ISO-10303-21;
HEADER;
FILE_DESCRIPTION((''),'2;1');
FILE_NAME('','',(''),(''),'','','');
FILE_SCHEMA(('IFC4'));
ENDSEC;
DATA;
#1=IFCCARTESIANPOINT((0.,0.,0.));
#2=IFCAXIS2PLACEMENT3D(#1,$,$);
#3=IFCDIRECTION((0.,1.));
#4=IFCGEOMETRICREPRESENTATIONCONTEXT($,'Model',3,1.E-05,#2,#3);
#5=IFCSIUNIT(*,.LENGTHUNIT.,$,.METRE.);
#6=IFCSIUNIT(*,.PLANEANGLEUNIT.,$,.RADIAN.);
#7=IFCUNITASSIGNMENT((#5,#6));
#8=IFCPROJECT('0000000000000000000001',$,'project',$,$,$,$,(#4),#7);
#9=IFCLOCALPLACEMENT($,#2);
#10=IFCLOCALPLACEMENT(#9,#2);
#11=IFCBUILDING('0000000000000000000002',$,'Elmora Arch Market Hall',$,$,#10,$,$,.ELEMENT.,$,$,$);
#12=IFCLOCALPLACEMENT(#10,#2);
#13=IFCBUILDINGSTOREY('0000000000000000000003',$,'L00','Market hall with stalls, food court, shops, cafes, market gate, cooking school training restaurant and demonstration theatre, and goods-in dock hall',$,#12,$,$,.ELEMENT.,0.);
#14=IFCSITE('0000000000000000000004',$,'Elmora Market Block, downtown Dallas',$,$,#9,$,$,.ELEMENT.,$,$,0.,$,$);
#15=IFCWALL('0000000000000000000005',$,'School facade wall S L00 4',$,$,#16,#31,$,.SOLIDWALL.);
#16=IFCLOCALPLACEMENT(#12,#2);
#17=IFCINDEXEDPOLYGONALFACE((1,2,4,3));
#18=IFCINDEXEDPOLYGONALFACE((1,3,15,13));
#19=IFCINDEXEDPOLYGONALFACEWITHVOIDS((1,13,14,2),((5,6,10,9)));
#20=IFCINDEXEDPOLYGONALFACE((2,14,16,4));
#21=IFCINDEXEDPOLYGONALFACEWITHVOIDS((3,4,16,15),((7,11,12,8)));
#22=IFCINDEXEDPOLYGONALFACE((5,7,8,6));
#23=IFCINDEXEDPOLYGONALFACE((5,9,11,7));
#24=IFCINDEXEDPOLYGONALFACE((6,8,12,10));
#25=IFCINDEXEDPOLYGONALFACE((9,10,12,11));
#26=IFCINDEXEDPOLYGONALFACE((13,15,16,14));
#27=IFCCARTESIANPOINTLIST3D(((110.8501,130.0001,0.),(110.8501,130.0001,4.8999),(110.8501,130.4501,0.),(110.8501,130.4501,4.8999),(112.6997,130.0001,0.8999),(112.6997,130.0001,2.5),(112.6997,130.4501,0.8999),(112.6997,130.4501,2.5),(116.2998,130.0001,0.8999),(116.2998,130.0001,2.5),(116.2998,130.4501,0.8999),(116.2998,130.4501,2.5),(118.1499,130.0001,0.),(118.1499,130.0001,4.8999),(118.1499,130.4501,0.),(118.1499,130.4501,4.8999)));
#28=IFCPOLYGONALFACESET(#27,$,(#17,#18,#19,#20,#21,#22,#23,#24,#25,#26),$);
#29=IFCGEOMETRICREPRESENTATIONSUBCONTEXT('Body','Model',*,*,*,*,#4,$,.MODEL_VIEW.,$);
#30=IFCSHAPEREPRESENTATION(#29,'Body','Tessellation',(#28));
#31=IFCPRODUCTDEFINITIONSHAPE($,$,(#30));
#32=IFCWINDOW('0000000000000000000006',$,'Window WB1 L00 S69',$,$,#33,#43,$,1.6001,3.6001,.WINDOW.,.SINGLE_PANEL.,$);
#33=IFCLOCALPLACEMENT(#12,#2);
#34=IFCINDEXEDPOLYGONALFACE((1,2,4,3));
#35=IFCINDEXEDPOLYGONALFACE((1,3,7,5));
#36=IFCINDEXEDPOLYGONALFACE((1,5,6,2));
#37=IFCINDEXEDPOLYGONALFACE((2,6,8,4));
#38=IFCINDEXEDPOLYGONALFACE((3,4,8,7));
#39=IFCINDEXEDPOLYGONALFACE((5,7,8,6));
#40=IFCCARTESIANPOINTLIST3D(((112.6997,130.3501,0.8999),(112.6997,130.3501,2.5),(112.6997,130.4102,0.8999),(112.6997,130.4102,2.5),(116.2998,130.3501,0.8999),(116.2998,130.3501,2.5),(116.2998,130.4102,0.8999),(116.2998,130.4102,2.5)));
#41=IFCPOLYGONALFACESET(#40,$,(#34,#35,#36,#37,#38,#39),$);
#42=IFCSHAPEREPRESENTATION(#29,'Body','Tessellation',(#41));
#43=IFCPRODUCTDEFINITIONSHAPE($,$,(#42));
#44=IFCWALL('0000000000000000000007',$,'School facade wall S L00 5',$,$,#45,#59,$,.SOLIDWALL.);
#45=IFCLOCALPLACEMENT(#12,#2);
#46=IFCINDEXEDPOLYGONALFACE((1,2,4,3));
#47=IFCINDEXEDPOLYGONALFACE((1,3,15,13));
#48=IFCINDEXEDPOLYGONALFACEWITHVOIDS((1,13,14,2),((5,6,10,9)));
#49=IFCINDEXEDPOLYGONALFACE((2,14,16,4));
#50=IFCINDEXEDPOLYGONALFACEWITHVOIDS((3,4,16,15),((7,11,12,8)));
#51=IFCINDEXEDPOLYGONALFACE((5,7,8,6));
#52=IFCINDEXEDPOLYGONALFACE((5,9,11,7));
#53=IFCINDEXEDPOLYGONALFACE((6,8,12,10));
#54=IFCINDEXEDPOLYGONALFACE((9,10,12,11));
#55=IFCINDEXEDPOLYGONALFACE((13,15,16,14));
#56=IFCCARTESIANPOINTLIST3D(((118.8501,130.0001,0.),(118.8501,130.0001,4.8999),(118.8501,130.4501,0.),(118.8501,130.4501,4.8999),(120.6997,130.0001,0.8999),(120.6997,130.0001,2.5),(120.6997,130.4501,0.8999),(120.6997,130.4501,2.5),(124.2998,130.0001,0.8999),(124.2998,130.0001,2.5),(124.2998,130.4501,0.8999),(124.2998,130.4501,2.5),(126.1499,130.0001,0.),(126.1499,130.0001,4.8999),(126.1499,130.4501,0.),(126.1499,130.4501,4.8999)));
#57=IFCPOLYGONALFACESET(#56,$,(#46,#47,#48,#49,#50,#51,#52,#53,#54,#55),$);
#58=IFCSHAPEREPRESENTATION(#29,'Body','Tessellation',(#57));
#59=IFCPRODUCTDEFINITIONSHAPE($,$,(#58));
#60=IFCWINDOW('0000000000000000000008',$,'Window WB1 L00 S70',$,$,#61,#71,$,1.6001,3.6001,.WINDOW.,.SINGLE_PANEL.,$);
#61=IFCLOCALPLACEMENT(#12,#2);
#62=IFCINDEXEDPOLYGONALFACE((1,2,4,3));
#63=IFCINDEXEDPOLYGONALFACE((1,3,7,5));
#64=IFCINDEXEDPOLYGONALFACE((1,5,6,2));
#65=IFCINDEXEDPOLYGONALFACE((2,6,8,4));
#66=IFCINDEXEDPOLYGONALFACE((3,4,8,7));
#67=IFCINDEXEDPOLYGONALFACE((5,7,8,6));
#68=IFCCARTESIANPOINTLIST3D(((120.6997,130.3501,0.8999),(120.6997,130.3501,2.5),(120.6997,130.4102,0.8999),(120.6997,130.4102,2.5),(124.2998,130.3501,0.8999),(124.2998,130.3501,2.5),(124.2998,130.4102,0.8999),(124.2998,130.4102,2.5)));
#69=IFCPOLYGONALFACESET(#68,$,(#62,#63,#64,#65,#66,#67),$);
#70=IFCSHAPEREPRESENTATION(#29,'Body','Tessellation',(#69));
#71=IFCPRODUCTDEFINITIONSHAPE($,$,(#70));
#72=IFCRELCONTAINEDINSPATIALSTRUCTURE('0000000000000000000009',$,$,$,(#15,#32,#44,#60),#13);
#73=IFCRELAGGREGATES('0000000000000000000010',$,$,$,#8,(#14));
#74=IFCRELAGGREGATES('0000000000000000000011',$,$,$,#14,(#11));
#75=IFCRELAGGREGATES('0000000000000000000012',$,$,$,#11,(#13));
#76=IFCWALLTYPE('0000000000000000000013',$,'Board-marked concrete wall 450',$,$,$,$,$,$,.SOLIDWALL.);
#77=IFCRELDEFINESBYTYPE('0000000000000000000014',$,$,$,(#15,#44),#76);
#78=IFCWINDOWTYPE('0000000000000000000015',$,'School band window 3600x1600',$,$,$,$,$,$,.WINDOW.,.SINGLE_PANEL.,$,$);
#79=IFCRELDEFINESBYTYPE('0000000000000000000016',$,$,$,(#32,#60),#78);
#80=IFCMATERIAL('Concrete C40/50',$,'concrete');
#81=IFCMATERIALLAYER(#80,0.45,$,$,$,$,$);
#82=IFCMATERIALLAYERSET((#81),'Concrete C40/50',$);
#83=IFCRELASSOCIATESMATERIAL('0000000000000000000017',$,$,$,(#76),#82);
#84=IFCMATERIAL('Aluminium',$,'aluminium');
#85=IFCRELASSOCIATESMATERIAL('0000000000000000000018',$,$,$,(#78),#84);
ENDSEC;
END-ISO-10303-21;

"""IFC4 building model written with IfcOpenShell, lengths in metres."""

from ifc_helpers import new_model, si_unit, direction, frame, frame_2d, origin, place, context, subcontext, project, spatial, rectangle, extrude, material, layer, layer_set, type_object, element, fill, save


model = new_model("IFC4")

# Units and contexts
model_context = context("Model", 3, precision=1e-05, world=origin(), true_north=direction((0.0, 1.0)))
body_context = subcontext(model_context, "Body", "Model", "MODEL_VIEW")
ifc_project = project(units=[si_unit("LENGTHUNIT", "METRE"), si_unit("PLANEANGLEUNIT", "RADIAN")], contexts=[model_context])

# Site, building, storey
site_placement = place(None, origin())
site = spatial("IfcSite", under=ifc_project, at=site_placement, Name="Elmora Market Block, downtown Dallas", CompositionType="ELEMENT", RefElevation=0.0)
building_placement = place(site_placement, origin())
building = spatial("IfcBuilding", under=site, at=building_placement, Name="Elmora Arch Market Hall", CompositionType="ELEMENT")
storey_placement = place(building_placement, origin())
storey = spatial("IfcBuildingStorey", under=building, at=storey_placement, Name="L00", Description="Market hall with stalls, food court, shops, cafes, market gate, cooking school training restaurant and demonstration theatre, and goods-in dock hall", CompositionType="ELEMENT", Elevation=0.0)

# Walls, openings, windows
ifc_material_1 = material(Name="Concrete C40/50", Category="concrete")
ifc_layer = layer(ifc_material_1, 0.45)
ifc_layer_set = layer_set([ifc_layer], Name="Concrete C40/50")
wall_type = type_object("IfcWallType", Name="Board-marked concrete wall 450", PredefinedType="SOLIDWALL", material=ifc_layer_set)
ifc_material_2 = material(Name="Aluminium", Category="aluminium")
window_type = type_object("IfcWindowType", Name="School band window 3600x1600", PartitioningType="SINGLE_PANEL", PredefinedType="WINDOW", material=ifc_material_2)
wall_1_placement = place(storey_placement, frame((118.1499, 130.2251, 0.0), z_axis=(0.0, 0.0, 1.0), x_axis=(-1.0, 0.0, 0.0)))
wall_1 = element("IfcWall", 1, at=wall_1_placement, inside=storey, type_object=wall_type, Name="School facade wall S L00 4", PredefinedType="SOLIDWALL", context=body_context, shape_type="SweptSolid", body=[
    extrude(rectangle(XDim=7.2998, YDim=0.45, at=frame_2d((3.6499, 0.0))), origin(), (0.0, 0.0, 1.0), 4.8999),
])
opening_1_placement = place(wall_1_placement, frame((1.8501, 0.0, 0.8999)))
opening_1 = element("IfcOpeningElement", 2, at=opening_1_placement, cuts=wall_1, PredefinedType="OPENING", context=body_context, shape_type="SweptSolid", body=[
    extrude(rectangle(XDim=3.6001, YDim=1.6001, at=frame_2d((1.8, 0.8))), frame((0.0, 0.2349, 0.0), z_axis=(0.0, -1.0, 0.0), x_axis=(1.0, 0.0, 0.0)), (0.0, 0.0, 1.0), 0.47),
])
window_1_placement = place(opening_1_placement, origin())
window_1 = element("IfcWindow", 3, at=window_1_placement, inside=storey, type_object=window_type, Name="Window WB1 L00 S69", OverallHeight=1.6001, OverallWidth=3.6001, PartitioningType="SINGLE_PANEL", PredefinedType="WINDOW", context=body_context, shape_type="SweptSolid", body=[
    extrude(rectangle(XDim=3.6001, YDim=1.6001, at=frame_2d((1.8, 0.8))), frame((0.0, -0.125, 0.0), z_axis=(0.0, -1.0, 0.0), x_axis=(1.0, 0.0, 0.0)), (0.0, 0.0, 1.0), 0.0601),
])
fill(opening_1, window_1)
wall_2_placement = place(storey_placement, frame((126.1499, 130.2251, 0.0), z_axis=(0.0, 0.0, 1.0), x_axis=(-1.0, 0.0, 0.0)))
wall_2 = element("IfcWall", 4, at=wall_2_placement, inside=storey, type_object=wall_type, Name="School facade wall S L00 5", PredefinedType="SOLIDWALL", context=body_context, shape_type="SweptSolid", body=[
    extrude(rectangle(XDim=7.2998, YDim=0.45, at=frame_2d((3.6499, 0.0))), origin(), (0.0, 0.0, 1.0), 4.8999),
])
opening_2_placement = place(wall_2_placement, frame((1.8501, 0.0, 0.8999)))
opening_2 = element("IfcOpeningElement", 5, at=opening_2_placement, cuts=wall_2, PredefinedType="OPENING", context=body_context, shape_type="SweptSolid", body=[
    extrude(rectangle(XDim=3.6001, YDim=1.6001, at=frame_2d((1.8, 0.8))), frame((0.0, 0.2349, 0.0), z_axis=(0.0, -1.0, 0.0), x_axis=(1.0, 0.0, 0.0)), (0.0, 0.0, 1.0), 0.47),
])
window_2_placement = place(opening_2_placement, origin())
window_2 = element("IfcWindow", 6, at=window_2_placement, inside=storey, type_object=window_type, Name="Window WB1 L00 S70", OverallHeight=1.6001, OverallWidth=3.6001, PartitioningType="SINGLE_PANEL", PredefinedType="WINDOW", context=body_context, shape_type="SweptSolid", body=[
    extrude(rectangle(XDim=3.6001, YDim=1.6001, at=frame_2d((1.8, 0.8))), frame((0.0, -0.125, 0.0), z_axis=(0.0, -1.0, 0.0), x_axis=(1.0, 0.0, 0.0)), (0.0, 0.0, 1.0), 0.0601),
])
fill(opening_2, window_2)

save(model, "model.ifc")
